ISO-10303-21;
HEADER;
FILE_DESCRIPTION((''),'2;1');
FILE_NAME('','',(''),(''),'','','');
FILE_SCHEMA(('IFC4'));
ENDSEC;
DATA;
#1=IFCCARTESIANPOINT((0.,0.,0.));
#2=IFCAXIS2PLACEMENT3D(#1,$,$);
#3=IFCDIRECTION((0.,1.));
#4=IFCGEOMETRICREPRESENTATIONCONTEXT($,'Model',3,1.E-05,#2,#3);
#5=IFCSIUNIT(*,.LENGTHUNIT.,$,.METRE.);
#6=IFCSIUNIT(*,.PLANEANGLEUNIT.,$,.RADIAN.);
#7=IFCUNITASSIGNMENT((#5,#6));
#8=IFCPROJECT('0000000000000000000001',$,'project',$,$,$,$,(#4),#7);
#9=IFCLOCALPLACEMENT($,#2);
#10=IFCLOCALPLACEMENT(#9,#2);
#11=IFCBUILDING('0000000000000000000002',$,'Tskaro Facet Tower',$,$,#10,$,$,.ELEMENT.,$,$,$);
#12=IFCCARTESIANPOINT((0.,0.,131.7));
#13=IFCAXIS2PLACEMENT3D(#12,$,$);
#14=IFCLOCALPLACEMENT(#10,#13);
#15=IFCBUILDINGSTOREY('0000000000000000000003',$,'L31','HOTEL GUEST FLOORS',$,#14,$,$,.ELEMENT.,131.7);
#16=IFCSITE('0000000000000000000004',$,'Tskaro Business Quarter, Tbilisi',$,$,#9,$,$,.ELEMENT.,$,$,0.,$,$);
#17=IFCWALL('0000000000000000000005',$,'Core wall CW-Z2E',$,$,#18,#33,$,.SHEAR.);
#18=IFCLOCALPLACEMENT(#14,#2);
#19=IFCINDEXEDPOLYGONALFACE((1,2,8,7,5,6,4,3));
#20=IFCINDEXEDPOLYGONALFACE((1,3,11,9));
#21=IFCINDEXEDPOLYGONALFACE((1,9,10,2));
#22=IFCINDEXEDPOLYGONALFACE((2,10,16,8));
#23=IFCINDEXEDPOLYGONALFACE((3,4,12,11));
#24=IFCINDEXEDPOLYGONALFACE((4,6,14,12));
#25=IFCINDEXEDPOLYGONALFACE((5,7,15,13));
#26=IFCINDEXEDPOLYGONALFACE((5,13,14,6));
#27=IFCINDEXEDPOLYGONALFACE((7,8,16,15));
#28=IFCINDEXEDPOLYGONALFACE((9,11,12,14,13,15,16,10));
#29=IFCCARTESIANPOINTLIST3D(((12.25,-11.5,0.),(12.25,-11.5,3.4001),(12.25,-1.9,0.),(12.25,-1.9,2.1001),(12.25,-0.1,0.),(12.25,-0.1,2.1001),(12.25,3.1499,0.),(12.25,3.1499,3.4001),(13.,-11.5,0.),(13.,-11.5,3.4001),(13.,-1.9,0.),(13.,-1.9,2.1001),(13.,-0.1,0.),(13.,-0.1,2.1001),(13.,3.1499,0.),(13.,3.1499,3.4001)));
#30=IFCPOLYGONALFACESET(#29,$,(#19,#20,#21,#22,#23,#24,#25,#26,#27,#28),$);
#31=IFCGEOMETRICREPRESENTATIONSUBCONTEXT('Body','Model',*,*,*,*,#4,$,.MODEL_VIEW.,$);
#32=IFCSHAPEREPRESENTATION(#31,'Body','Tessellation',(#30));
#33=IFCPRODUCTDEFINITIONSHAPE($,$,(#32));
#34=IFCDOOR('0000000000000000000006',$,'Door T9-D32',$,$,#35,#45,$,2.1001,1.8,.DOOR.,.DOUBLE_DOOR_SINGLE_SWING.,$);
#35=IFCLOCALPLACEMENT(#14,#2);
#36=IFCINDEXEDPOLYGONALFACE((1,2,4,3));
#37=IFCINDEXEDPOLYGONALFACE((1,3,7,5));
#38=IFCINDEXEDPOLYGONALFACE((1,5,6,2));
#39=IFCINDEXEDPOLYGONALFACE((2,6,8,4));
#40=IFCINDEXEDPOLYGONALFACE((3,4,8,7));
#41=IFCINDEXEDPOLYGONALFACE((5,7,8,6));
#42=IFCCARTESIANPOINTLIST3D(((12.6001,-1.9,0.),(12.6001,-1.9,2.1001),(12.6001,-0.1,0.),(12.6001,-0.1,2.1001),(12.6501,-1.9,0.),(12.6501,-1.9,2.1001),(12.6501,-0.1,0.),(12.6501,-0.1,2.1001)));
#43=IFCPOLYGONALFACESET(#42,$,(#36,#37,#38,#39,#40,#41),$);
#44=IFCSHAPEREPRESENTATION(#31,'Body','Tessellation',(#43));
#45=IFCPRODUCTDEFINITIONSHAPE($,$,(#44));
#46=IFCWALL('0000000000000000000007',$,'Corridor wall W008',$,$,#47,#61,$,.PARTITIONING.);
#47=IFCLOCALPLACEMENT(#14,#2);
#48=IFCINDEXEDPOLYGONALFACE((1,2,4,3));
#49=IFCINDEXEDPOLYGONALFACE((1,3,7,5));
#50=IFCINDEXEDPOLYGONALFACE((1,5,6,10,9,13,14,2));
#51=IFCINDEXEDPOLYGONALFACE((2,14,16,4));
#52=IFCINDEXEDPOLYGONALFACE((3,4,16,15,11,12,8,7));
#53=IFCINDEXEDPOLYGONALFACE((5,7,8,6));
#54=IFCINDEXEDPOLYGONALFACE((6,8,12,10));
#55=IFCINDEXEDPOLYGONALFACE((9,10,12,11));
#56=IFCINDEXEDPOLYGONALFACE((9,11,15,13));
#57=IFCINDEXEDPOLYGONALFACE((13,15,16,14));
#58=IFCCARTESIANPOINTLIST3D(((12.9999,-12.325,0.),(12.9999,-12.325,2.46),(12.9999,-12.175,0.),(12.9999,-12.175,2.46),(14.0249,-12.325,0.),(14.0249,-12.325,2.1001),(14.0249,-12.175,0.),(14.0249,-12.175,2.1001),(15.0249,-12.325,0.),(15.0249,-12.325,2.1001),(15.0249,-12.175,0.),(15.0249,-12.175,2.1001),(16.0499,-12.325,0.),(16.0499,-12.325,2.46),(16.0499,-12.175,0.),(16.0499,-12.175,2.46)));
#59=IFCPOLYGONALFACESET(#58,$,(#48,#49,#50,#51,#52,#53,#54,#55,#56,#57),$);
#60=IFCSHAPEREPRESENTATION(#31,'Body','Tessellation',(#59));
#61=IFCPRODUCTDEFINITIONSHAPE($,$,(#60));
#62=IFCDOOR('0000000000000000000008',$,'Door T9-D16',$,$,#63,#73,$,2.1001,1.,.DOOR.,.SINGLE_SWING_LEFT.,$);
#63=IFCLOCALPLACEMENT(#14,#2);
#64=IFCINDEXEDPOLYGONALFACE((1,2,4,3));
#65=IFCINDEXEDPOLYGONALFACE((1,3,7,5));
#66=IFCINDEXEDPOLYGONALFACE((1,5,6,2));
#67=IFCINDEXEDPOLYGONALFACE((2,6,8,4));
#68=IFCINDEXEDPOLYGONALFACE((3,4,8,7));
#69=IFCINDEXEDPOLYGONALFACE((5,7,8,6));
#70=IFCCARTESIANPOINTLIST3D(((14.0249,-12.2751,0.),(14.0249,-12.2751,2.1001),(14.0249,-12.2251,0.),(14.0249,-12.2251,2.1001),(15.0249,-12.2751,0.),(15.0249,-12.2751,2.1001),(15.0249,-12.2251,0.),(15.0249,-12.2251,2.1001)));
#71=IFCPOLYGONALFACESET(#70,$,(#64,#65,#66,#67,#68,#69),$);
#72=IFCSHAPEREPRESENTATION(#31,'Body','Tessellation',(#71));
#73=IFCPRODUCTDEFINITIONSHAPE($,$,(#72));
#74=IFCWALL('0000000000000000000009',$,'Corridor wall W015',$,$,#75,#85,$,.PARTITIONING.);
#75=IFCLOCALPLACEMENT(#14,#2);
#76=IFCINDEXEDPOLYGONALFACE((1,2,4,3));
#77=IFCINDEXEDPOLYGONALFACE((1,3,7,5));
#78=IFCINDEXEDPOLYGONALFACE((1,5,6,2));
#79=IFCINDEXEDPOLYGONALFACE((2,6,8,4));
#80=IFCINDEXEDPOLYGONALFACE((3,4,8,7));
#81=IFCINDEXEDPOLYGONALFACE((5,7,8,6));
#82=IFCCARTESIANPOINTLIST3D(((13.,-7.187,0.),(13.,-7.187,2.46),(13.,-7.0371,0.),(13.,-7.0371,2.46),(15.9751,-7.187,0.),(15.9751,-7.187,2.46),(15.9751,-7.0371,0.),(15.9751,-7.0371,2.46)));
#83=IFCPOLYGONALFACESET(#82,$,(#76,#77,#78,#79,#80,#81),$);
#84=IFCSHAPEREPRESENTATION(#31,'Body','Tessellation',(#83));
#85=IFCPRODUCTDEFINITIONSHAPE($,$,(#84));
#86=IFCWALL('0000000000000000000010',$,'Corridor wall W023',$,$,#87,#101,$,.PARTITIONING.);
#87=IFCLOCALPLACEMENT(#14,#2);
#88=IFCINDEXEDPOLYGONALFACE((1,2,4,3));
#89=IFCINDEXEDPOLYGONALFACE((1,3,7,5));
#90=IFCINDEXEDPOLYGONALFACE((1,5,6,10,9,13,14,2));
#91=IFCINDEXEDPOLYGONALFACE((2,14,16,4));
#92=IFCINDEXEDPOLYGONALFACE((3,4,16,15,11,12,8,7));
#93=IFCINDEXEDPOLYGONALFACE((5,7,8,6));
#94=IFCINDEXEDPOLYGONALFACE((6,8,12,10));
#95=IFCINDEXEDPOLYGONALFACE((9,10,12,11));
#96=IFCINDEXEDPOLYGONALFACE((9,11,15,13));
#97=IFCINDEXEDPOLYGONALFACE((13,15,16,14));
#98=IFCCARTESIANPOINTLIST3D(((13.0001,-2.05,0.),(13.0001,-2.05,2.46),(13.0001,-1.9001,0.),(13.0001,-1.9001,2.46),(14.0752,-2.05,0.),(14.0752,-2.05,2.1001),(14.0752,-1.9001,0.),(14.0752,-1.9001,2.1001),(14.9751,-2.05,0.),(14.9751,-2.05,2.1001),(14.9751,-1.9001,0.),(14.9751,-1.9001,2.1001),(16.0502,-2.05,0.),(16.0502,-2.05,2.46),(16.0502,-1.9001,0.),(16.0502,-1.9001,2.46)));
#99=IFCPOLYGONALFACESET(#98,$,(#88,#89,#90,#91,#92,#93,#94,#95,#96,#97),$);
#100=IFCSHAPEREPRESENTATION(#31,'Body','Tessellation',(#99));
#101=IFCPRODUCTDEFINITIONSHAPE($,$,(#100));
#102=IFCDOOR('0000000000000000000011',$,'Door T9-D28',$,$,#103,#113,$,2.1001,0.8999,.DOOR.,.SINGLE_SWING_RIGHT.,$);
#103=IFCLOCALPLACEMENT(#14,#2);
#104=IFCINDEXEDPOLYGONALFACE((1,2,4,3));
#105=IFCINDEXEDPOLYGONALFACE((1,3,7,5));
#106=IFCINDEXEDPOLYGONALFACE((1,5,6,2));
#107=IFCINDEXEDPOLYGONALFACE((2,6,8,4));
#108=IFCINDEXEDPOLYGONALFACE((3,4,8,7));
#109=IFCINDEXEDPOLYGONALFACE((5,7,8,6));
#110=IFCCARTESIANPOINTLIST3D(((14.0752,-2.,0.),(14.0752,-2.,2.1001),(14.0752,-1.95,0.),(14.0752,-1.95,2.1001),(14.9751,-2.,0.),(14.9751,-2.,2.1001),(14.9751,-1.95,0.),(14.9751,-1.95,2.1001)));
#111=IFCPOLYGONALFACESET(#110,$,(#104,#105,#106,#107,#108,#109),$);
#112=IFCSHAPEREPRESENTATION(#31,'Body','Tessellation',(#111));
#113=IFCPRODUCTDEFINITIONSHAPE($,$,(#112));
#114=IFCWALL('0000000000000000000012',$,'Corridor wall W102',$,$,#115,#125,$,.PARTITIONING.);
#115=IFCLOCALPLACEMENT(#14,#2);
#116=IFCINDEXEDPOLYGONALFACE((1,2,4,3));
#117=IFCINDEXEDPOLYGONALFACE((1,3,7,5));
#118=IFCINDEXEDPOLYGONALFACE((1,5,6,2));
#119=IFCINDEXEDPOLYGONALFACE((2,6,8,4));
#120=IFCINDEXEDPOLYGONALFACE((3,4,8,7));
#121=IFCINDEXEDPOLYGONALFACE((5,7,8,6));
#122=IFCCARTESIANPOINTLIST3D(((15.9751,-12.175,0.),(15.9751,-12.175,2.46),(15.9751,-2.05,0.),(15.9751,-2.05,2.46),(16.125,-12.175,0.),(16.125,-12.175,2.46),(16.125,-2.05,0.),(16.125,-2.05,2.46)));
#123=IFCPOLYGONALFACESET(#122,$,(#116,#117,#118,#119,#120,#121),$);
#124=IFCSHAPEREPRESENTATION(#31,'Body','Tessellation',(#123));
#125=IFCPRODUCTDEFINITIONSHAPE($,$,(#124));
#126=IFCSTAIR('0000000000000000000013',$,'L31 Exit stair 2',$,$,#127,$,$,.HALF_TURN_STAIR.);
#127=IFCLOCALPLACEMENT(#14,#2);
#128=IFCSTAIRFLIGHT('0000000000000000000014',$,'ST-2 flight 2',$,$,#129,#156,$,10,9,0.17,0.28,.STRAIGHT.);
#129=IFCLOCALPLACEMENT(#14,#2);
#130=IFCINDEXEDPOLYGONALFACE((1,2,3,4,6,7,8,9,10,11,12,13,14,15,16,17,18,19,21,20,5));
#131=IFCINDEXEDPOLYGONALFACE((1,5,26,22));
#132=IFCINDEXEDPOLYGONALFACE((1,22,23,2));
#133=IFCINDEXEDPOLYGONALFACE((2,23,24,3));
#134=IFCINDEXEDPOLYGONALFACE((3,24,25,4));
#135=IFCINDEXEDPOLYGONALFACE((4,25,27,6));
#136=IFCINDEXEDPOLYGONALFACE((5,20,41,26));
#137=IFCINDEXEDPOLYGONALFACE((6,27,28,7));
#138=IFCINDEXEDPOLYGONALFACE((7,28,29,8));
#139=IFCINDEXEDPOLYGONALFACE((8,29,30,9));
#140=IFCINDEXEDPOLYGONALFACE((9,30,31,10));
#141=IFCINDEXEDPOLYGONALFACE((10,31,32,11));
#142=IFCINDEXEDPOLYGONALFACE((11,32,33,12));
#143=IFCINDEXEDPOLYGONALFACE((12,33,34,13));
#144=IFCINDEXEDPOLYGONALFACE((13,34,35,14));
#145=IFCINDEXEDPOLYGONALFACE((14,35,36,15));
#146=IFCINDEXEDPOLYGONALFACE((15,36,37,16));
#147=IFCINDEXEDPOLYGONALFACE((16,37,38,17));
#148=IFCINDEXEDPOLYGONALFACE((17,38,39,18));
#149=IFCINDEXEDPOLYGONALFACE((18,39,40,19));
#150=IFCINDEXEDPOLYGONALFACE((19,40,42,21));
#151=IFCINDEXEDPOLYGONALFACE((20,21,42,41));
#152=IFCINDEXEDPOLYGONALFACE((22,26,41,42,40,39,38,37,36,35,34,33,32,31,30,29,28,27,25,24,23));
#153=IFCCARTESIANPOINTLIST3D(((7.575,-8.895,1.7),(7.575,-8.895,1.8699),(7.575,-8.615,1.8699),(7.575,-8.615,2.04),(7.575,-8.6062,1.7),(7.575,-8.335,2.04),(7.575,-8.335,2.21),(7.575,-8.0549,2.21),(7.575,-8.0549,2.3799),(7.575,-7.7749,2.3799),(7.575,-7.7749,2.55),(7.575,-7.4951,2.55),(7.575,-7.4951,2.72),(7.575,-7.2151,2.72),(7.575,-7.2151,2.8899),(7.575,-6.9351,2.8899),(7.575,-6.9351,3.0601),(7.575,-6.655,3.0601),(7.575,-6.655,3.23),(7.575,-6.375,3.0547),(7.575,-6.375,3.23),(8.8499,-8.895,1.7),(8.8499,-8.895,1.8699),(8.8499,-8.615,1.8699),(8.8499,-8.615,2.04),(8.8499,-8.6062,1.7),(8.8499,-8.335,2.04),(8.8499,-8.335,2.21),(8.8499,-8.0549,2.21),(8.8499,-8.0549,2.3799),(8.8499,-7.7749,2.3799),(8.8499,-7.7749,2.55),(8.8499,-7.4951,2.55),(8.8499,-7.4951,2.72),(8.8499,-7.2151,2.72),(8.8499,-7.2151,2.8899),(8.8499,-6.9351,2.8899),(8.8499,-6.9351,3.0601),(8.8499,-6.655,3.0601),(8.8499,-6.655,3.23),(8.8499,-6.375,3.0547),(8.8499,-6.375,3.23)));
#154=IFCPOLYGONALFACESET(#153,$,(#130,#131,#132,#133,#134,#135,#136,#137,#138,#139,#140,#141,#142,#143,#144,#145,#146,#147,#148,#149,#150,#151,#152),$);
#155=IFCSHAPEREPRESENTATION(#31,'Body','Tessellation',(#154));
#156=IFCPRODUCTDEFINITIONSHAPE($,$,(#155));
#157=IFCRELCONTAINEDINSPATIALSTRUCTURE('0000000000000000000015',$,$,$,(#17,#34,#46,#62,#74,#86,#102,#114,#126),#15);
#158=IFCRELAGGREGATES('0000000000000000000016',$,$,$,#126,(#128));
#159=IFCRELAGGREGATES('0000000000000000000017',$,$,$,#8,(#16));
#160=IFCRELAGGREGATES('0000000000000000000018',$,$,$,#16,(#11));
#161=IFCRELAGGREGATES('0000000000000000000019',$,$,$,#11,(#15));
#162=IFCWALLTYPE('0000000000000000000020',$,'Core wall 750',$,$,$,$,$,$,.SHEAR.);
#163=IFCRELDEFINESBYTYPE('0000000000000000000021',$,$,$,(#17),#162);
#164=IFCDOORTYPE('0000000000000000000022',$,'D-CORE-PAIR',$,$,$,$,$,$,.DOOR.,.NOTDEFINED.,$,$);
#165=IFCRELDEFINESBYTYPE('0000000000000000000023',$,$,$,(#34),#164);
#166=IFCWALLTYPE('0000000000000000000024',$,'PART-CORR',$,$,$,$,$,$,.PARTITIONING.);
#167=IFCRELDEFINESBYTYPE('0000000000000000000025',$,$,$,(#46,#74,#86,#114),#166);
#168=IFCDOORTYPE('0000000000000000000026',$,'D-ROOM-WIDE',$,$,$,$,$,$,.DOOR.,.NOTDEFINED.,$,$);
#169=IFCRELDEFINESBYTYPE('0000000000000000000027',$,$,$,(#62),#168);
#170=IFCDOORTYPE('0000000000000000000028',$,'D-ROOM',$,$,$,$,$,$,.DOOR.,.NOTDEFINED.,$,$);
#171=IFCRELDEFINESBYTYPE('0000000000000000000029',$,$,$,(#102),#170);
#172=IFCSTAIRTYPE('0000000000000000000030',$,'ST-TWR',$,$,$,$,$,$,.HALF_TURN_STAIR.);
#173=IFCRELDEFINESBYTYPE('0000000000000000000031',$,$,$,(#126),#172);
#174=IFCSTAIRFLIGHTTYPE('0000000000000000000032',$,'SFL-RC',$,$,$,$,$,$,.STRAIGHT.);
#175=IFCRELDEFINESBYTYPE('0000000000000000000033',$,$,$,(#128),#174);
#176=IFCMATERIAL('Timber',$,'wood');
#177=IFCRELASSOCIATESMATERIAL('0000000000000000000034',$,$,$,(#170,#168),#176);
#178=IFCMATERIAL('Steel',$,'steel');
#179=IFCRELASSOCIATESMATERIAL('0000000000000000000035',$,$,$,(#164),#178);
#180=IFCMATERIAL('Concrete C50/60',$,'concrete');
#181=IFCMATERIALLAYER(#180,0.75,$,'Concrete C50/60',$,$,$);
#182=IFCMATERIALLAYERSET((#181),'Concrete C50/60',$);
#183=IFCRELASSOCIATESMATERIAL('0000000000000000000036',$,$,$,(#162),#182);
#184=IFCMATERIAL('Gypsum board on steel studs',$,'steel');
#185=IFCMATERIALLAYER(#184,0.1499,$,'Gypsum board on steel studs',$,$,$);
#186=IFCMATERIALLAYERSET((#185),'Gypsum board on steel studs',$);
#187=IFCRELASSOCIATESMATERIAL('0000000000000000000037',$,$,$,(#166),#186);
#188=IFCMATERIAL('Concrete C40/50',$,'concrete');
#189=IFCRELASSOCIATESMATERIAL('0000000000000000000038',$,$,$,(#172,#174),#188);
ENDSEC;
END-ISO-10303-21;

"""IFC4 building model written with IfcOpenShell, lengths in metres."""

from ifc_helpers import new_model, si_unit, direction, frame, frame_2d, origin, place, context, subcontext, project, spatial, polyline, rectangle, outline, extrude, material, layer, layer_set, type_object, element, fill, aggregate, save


model = new_model("IFC4")

# Units and contexts
model_context = context("Model", 3, precision=1e-05, world=origin(), true_north=direction((0.0, 1.0)))
body_context = subcontext(model_context, "Body", "Model", "MODEL_VIEW")
ifc_project = project(units=[si_unit("LENGTHUNIT", "METRE"), si_unit("PLANEANGLEUNIT", "RADIAN")], contexts=[model_context])

# Site, building, storey
site_placement = place(None, origin())
site = spatial("IfcSite", under=ifc_project, at=site_placement, Name="Tskaro Business Quarter, Tbilisi", CompositionType="ELEMENT", RefElevation=0.0)
building_placement = place(site_placement, origin())
building = spatial("IfcBuilding", under=site, at=building_placement, Name="Tskaro Facet Tower", CompositionType="ELEMENT")
storey_placement = place(building_placement, frame((0.0, 0.0, 131.7)))
storey = spatial("IfcBuildingStorey", under=building, at=storey_placement, Name="L31", Description="HOTEL GUEST FLOORS", CompositionType="ELEMENT", Elevation=131.7)

# Shared definitions
ifc_material_1 = material(Name="Steel", Category="steel")
ifc_material_2 = material(Name="Timber", Category="wood")
door_type_1 = type_object("IfcDoorType", Name="D-ROOM", OperationType="NOTDEFINED", PredefinedType="DOOR", material=ifc_material_2)
ifc_material_3 = material(Name="Concrete C40/50", Category="concrete")
door_type_2 = type_object("IfcDoorType", Name="D-CORE-PAIR", OperationType="NOTDEFINED", PredefinedType="DOOR", material=ifc_material_1)

# Walls, openings, doors
ifc_material_4 = material(Name="Concrete C50/60", Category="concrete")
ifc_layer_1 = layer(ifc_material_4, 0.75, Name="Concrete C50/60")
ifc_layer_set_1 = layer_set([ifc_layer_1], Name="Concrete C50/60")
wall_type_1 = type_object("IfcWallType", Name="Core wall 750", PredefinedType="SHEAR", material=ifc_layer_set_1)
wall_1_placement = place(storey_placement, frame((12.625, -11.5, 0.0), z_axis=(0.0, 0.0, 1.0), x_axis=(0.0, 1.0, 0.0)))
wall_1 = element("IfcWall", 1, at=wall_1_placement, inside=storey, type_object=wall_type_1, Name="Core wall CW-Z2E", PredefinedType="SHEAR", context=body_context, shape_type="SweptSolid", body=[
    extrude(rectangle(XDim=14.6499, YDim=0.75, at=frame_2d((7.325, 0.0))), origin(), (0.0, 0.0, 1.0), 3.4001),
])
opening_1_placement = place(wall_1_placement, frame((9.6001, 0.0, 0.0)))
opening_1 = element("IfcOpeningElement", 2, at=opening_1_placement, cuts=wall_1, PredefinedType="OPENING", context=body_context, shape_type="SweptSolid", body=[
    extrude(rectangle(XDim=1.8, YDim=2.1001, at=frame_2d((0.8999, 1.05))), frame((0.0, 0.385, 0.0), z_axis=(0.0, -1.0, 0.0), x_axis=(1.0, 0.0, 0.0)), (0.0, 0.0, 1.0), 0.77),
])
door_1_placement = place(opening_1_placement, origin())
door_1 = element("IfcDoor", 3, at=door_1_placement, inside=storey, type_object=door_type_2, Name="Door T9-D32", OperationType="DOUBLE_DOOR_SINGLE_SWING", OverallHeight=2.1001, OverallWidth=1.8, PredefinedType="DOOR", context=body_context, shape_type="SweptSolid", body=[
    extrude(rectangle(XDim=1.8, YDim=2.1001, at=frame_2d((0.8999, 1.05))), frame((0.0, 0.0249, 0.0), z_axis=(0.0, -1.0, 0.0), x_axis=(1.0, 0.0, 0.0)), (0.0, 0.0, 1.0), 0.05),
])
fill(opening_1, door_1)
ifc_material_5 = material(Name="Gypsum board on steel studs", Category="steel")
ifc_layer_2 = layer(ifc_material_5, 0.1499, Name="Gypsum board on steel studs")
ifc_layer_set_2 = layer_set([ifc_layer_2], Name="Gypsum board on steel studs")
wall_type_2 = type_object("IfcWallType", Name="PART-CORR", PredefinedType="PARTITIONING", material=ifc_layer_set_2)
wall_2_placement = place(storey_placement, frame((13.0, -12.25, 0.0), z_axis=(0.0, 0.0, 1.0), x_axis=(1.0, 0.0, 0.0)))
wall_2 = element("IfcWall", 4, at=wall_2_placement, inside=storey, type_object=wall_type_2, Name="Corridor wall W008", PredefinedType="PARTITIONING", context=body_context, shape_type="SweptSolid", body=[
    extrude(rectangle(XDim=3.05, YDim=0.1499, at=frame_2d((1.5249, 0.0))), origin(), (0.0, 0.0, 1.0), 2.46),
])
opening_2_placement = place(wall_2_placement, frame((1.0249, 0.0, 0.0)))
opening_2 = element("IfcOpeningElement", 5, at=opening_2_placement, cuts=wall_2, PredefinedType="OPENING", context=body_context, shape_type="SweptSolid", body=[
    extrude(rectangle(XDim=1.0, YDim=2.1001, at=frame_2d((0.5, 1.05))), frame((0.0, 0.085, 0.0), z_axis=(0.0, -1.0, 0.0), x_axis=(1.0, 0.0, 0.0)), (0.0, 0.0, 1.0), 0.1699),
])
door_type_3 = type_object("IfcDoorType", Name="D-ROOM-WIDE", OperationType="NOTDEFINED", PredefinedType="DOOR", material=ifc_material_2)
door_2_placement = place(opening_2_placement, origin())
door_2 = element("IfcDoor", 6, at=door_2_placement, inside=storey, type_object=door_type_3, Name="Door T9-D16", OperationType="SINGLE_SWING_LEFT", OverallHeight=2.1001, OverallWidth=1.0, PredefinedType="DOOR", context=body_context, shape_type="SweptSolid", body=[
    extrude(rectangle(XDim=1.0, YDim=2.1001, at=frame_2d((0.5, 1.05))), frame((0.0, 0.0249, 0.0), z_axis=(0.0, -1.0, 0.0), x_axis=(1.0, 0.0, 0.0)), (0.0, 0.0, 1.0), 0.05),
])
fill(opening_2, door_2)

# Wall
wall_3_placement = place(storey_placement, frame((13.0, -7.1121, 0.0), z_axis=(0.0, 0.0, 1.0), x_axis=(1.0, 0.0, 0.0)))
element("IfcWall", 7, at=wall_3_placement, inside=storey, type_object=wall_type_2, Name="Corridor wall W015", PredefinedType="PARTITIONING", context=body_context, shape_type="SweptSolid", body=[
    extrude(rectangle(XDim=2.9751, YDim=0.1499, at=frame_2d((1.4875, 0.0))), origin(), (0.0, 0.0, 1.0), 2.46),
])

# Wall, opening, door
wall_4_placement = place(storey_placement, frame((16.05, -1.9751, 0.0), z_axis=(0.0, 0.0, 1.0), x_axis=(-1.0, 0.0, 0.0)))
wall_4 = element("IfcWall", 8, at=wall_4_placement, inside=storey, type_object=wall_type_2, Name="Corridor wall W023", PredefinedType="PARTITIONING", context=body_context, shape_type="SweptSolid", body=[
    extrude(rectangle(XDim=3.05, YDim=0.1499, at=frame_2d((1.5249, 0.0))), origin(), (0.0, 0.0, 1.0), 2.46),
])
opening_3_placement = place(wall_4_placement, frame((1.075, 0.0, 0.0)))
opening_3 = element("IfcOpeningElement", 9, at=opening_3_placement, cuts=wall_4, PredefinedType="OPENING", context=body_context, shape_type="SweptSolid", body=[
    extrude(rectangle(XDim=0.8999, YDim=2.1001, at=frame_2d((0.45, 1.05))), frame((0.0, 0.085, 0.0), z_axis=(0.0, -1.0, 0.0), x_axis=(1.0, 0.0, 0.0)), (0.0, 0.0, 1.0), 0.1699),
])
door_3_placement = place(opening_3_placement, origin())
door_3 = element("IfcDoor", 10, at=door_3_placement, inside=storey, type_object=door_type_1, Name="Door T9-D28", OperationType="SINGLE_SWING_RIGHT", OverallHeight=2.1001, OverallWidth=0.8999, PredefinedType="DOOR", context=body_context, shape_type="SweptSolid", body=[
    extrude(rectangle(XDim=0.8999, YDim=2.1001, at=frame_2d((0.45, 1.05))), frame((0.0, 0.0249, 0.0), z_axis=(0.0, -1.0, 0.0), x_axis=(1.0, 0.0, 0.0)), (0.0, 0.0, 1.0), 0.05),
])
fill(opening_3, door_3)

# Wall
wall_5_placement = place(storey_placement, frame((16.05, -12.175, 0.0), z_axis=(0.0, 0.0, 1.0), x_axis=(0.0, 1.0, 0.0)))
element("IfcWall", 11, at=wall_5_placement, inside=storey, type_object=wall_type_2, Name="Corridor wall W102", PredefinedType="PARTITIONING", context=body_context, shape_type="SweptSolid", body=[
    extrude(rectangle(XDim=10.125, YDim=0.1499, at=frame_2d((5.0625, 0.0))), origin(), (0.0, 0.0, 1.0), 2.46),
])

# Stair, stair flight
stair_type = type_object("IfcStairType", Name="ST-TWR", PredefinedType="HALF_TURN_STAIR", material=ifc_material_3)
stair_placement = place(storey_placement, origin())
stair = element("IfcStair", 12, at=stair_placement, inside=storey, type_object=stair_type, Name="L31 Exit stair 2", PredefinedType="HALF_TURN_STAIR")
stair_flight_type = type_object("IfcStairFlightType", Name="SFL-RC", PredefinedType="STRAIGHT", material=ifc_material_3)
stair_flight_placement = place(storey_placement, frame((8.2124, -8.895, 1.7), z_axis=(0.0, 0.0, 1.0), x_axis=(0.0, 1.0, 0.0)))
stair_flight = element("IfcStairFlight", 13, at=stair_flight_placement, type_object=stair_flight_type, Name="ST-2 flight 2", NumberOfRisers=10, NumberOfTreads=9, PredefinedType="STRAIGHT", RiserHeight=0.17, TreadLength=0.28, context=body_context, shape_type="SweptSolid", body=[
    extrude(outline(polyline([(0.0, 0.0), (0.0, 0.1699), (0.28, 0.1699), (0.28, 0.3401), (0.5601, 0.3401), (0.5601, 0.51), (0.8401, 0.51), (0.8401, 0.6799), (1.1201, 0.6799), (1.1201, 0.8501), (1.3999, 0.8501), (1.3999, 1.02), (1.6799, 1.02), (1.6799, 1.1899), (1.96, 1.1899), (1.96, 1.3601), (2.24, 1.3601), (2.24, 1.53), (2.52, 1.53), (2.52, 1.7), (2.52, 1.3547), (0.2888, 0.0), (0.0, 0.0)])), frame((0.0, 0.6375, 0.0), z_axis=(0.0, -1.0, 0.0), x_axis=(1.0, 0.0, 0.0)), (0.0, 0.0, 1.0), 1.2749),
])
aggregate(stair, [stair_flight])

save(model, "model.ifc")
